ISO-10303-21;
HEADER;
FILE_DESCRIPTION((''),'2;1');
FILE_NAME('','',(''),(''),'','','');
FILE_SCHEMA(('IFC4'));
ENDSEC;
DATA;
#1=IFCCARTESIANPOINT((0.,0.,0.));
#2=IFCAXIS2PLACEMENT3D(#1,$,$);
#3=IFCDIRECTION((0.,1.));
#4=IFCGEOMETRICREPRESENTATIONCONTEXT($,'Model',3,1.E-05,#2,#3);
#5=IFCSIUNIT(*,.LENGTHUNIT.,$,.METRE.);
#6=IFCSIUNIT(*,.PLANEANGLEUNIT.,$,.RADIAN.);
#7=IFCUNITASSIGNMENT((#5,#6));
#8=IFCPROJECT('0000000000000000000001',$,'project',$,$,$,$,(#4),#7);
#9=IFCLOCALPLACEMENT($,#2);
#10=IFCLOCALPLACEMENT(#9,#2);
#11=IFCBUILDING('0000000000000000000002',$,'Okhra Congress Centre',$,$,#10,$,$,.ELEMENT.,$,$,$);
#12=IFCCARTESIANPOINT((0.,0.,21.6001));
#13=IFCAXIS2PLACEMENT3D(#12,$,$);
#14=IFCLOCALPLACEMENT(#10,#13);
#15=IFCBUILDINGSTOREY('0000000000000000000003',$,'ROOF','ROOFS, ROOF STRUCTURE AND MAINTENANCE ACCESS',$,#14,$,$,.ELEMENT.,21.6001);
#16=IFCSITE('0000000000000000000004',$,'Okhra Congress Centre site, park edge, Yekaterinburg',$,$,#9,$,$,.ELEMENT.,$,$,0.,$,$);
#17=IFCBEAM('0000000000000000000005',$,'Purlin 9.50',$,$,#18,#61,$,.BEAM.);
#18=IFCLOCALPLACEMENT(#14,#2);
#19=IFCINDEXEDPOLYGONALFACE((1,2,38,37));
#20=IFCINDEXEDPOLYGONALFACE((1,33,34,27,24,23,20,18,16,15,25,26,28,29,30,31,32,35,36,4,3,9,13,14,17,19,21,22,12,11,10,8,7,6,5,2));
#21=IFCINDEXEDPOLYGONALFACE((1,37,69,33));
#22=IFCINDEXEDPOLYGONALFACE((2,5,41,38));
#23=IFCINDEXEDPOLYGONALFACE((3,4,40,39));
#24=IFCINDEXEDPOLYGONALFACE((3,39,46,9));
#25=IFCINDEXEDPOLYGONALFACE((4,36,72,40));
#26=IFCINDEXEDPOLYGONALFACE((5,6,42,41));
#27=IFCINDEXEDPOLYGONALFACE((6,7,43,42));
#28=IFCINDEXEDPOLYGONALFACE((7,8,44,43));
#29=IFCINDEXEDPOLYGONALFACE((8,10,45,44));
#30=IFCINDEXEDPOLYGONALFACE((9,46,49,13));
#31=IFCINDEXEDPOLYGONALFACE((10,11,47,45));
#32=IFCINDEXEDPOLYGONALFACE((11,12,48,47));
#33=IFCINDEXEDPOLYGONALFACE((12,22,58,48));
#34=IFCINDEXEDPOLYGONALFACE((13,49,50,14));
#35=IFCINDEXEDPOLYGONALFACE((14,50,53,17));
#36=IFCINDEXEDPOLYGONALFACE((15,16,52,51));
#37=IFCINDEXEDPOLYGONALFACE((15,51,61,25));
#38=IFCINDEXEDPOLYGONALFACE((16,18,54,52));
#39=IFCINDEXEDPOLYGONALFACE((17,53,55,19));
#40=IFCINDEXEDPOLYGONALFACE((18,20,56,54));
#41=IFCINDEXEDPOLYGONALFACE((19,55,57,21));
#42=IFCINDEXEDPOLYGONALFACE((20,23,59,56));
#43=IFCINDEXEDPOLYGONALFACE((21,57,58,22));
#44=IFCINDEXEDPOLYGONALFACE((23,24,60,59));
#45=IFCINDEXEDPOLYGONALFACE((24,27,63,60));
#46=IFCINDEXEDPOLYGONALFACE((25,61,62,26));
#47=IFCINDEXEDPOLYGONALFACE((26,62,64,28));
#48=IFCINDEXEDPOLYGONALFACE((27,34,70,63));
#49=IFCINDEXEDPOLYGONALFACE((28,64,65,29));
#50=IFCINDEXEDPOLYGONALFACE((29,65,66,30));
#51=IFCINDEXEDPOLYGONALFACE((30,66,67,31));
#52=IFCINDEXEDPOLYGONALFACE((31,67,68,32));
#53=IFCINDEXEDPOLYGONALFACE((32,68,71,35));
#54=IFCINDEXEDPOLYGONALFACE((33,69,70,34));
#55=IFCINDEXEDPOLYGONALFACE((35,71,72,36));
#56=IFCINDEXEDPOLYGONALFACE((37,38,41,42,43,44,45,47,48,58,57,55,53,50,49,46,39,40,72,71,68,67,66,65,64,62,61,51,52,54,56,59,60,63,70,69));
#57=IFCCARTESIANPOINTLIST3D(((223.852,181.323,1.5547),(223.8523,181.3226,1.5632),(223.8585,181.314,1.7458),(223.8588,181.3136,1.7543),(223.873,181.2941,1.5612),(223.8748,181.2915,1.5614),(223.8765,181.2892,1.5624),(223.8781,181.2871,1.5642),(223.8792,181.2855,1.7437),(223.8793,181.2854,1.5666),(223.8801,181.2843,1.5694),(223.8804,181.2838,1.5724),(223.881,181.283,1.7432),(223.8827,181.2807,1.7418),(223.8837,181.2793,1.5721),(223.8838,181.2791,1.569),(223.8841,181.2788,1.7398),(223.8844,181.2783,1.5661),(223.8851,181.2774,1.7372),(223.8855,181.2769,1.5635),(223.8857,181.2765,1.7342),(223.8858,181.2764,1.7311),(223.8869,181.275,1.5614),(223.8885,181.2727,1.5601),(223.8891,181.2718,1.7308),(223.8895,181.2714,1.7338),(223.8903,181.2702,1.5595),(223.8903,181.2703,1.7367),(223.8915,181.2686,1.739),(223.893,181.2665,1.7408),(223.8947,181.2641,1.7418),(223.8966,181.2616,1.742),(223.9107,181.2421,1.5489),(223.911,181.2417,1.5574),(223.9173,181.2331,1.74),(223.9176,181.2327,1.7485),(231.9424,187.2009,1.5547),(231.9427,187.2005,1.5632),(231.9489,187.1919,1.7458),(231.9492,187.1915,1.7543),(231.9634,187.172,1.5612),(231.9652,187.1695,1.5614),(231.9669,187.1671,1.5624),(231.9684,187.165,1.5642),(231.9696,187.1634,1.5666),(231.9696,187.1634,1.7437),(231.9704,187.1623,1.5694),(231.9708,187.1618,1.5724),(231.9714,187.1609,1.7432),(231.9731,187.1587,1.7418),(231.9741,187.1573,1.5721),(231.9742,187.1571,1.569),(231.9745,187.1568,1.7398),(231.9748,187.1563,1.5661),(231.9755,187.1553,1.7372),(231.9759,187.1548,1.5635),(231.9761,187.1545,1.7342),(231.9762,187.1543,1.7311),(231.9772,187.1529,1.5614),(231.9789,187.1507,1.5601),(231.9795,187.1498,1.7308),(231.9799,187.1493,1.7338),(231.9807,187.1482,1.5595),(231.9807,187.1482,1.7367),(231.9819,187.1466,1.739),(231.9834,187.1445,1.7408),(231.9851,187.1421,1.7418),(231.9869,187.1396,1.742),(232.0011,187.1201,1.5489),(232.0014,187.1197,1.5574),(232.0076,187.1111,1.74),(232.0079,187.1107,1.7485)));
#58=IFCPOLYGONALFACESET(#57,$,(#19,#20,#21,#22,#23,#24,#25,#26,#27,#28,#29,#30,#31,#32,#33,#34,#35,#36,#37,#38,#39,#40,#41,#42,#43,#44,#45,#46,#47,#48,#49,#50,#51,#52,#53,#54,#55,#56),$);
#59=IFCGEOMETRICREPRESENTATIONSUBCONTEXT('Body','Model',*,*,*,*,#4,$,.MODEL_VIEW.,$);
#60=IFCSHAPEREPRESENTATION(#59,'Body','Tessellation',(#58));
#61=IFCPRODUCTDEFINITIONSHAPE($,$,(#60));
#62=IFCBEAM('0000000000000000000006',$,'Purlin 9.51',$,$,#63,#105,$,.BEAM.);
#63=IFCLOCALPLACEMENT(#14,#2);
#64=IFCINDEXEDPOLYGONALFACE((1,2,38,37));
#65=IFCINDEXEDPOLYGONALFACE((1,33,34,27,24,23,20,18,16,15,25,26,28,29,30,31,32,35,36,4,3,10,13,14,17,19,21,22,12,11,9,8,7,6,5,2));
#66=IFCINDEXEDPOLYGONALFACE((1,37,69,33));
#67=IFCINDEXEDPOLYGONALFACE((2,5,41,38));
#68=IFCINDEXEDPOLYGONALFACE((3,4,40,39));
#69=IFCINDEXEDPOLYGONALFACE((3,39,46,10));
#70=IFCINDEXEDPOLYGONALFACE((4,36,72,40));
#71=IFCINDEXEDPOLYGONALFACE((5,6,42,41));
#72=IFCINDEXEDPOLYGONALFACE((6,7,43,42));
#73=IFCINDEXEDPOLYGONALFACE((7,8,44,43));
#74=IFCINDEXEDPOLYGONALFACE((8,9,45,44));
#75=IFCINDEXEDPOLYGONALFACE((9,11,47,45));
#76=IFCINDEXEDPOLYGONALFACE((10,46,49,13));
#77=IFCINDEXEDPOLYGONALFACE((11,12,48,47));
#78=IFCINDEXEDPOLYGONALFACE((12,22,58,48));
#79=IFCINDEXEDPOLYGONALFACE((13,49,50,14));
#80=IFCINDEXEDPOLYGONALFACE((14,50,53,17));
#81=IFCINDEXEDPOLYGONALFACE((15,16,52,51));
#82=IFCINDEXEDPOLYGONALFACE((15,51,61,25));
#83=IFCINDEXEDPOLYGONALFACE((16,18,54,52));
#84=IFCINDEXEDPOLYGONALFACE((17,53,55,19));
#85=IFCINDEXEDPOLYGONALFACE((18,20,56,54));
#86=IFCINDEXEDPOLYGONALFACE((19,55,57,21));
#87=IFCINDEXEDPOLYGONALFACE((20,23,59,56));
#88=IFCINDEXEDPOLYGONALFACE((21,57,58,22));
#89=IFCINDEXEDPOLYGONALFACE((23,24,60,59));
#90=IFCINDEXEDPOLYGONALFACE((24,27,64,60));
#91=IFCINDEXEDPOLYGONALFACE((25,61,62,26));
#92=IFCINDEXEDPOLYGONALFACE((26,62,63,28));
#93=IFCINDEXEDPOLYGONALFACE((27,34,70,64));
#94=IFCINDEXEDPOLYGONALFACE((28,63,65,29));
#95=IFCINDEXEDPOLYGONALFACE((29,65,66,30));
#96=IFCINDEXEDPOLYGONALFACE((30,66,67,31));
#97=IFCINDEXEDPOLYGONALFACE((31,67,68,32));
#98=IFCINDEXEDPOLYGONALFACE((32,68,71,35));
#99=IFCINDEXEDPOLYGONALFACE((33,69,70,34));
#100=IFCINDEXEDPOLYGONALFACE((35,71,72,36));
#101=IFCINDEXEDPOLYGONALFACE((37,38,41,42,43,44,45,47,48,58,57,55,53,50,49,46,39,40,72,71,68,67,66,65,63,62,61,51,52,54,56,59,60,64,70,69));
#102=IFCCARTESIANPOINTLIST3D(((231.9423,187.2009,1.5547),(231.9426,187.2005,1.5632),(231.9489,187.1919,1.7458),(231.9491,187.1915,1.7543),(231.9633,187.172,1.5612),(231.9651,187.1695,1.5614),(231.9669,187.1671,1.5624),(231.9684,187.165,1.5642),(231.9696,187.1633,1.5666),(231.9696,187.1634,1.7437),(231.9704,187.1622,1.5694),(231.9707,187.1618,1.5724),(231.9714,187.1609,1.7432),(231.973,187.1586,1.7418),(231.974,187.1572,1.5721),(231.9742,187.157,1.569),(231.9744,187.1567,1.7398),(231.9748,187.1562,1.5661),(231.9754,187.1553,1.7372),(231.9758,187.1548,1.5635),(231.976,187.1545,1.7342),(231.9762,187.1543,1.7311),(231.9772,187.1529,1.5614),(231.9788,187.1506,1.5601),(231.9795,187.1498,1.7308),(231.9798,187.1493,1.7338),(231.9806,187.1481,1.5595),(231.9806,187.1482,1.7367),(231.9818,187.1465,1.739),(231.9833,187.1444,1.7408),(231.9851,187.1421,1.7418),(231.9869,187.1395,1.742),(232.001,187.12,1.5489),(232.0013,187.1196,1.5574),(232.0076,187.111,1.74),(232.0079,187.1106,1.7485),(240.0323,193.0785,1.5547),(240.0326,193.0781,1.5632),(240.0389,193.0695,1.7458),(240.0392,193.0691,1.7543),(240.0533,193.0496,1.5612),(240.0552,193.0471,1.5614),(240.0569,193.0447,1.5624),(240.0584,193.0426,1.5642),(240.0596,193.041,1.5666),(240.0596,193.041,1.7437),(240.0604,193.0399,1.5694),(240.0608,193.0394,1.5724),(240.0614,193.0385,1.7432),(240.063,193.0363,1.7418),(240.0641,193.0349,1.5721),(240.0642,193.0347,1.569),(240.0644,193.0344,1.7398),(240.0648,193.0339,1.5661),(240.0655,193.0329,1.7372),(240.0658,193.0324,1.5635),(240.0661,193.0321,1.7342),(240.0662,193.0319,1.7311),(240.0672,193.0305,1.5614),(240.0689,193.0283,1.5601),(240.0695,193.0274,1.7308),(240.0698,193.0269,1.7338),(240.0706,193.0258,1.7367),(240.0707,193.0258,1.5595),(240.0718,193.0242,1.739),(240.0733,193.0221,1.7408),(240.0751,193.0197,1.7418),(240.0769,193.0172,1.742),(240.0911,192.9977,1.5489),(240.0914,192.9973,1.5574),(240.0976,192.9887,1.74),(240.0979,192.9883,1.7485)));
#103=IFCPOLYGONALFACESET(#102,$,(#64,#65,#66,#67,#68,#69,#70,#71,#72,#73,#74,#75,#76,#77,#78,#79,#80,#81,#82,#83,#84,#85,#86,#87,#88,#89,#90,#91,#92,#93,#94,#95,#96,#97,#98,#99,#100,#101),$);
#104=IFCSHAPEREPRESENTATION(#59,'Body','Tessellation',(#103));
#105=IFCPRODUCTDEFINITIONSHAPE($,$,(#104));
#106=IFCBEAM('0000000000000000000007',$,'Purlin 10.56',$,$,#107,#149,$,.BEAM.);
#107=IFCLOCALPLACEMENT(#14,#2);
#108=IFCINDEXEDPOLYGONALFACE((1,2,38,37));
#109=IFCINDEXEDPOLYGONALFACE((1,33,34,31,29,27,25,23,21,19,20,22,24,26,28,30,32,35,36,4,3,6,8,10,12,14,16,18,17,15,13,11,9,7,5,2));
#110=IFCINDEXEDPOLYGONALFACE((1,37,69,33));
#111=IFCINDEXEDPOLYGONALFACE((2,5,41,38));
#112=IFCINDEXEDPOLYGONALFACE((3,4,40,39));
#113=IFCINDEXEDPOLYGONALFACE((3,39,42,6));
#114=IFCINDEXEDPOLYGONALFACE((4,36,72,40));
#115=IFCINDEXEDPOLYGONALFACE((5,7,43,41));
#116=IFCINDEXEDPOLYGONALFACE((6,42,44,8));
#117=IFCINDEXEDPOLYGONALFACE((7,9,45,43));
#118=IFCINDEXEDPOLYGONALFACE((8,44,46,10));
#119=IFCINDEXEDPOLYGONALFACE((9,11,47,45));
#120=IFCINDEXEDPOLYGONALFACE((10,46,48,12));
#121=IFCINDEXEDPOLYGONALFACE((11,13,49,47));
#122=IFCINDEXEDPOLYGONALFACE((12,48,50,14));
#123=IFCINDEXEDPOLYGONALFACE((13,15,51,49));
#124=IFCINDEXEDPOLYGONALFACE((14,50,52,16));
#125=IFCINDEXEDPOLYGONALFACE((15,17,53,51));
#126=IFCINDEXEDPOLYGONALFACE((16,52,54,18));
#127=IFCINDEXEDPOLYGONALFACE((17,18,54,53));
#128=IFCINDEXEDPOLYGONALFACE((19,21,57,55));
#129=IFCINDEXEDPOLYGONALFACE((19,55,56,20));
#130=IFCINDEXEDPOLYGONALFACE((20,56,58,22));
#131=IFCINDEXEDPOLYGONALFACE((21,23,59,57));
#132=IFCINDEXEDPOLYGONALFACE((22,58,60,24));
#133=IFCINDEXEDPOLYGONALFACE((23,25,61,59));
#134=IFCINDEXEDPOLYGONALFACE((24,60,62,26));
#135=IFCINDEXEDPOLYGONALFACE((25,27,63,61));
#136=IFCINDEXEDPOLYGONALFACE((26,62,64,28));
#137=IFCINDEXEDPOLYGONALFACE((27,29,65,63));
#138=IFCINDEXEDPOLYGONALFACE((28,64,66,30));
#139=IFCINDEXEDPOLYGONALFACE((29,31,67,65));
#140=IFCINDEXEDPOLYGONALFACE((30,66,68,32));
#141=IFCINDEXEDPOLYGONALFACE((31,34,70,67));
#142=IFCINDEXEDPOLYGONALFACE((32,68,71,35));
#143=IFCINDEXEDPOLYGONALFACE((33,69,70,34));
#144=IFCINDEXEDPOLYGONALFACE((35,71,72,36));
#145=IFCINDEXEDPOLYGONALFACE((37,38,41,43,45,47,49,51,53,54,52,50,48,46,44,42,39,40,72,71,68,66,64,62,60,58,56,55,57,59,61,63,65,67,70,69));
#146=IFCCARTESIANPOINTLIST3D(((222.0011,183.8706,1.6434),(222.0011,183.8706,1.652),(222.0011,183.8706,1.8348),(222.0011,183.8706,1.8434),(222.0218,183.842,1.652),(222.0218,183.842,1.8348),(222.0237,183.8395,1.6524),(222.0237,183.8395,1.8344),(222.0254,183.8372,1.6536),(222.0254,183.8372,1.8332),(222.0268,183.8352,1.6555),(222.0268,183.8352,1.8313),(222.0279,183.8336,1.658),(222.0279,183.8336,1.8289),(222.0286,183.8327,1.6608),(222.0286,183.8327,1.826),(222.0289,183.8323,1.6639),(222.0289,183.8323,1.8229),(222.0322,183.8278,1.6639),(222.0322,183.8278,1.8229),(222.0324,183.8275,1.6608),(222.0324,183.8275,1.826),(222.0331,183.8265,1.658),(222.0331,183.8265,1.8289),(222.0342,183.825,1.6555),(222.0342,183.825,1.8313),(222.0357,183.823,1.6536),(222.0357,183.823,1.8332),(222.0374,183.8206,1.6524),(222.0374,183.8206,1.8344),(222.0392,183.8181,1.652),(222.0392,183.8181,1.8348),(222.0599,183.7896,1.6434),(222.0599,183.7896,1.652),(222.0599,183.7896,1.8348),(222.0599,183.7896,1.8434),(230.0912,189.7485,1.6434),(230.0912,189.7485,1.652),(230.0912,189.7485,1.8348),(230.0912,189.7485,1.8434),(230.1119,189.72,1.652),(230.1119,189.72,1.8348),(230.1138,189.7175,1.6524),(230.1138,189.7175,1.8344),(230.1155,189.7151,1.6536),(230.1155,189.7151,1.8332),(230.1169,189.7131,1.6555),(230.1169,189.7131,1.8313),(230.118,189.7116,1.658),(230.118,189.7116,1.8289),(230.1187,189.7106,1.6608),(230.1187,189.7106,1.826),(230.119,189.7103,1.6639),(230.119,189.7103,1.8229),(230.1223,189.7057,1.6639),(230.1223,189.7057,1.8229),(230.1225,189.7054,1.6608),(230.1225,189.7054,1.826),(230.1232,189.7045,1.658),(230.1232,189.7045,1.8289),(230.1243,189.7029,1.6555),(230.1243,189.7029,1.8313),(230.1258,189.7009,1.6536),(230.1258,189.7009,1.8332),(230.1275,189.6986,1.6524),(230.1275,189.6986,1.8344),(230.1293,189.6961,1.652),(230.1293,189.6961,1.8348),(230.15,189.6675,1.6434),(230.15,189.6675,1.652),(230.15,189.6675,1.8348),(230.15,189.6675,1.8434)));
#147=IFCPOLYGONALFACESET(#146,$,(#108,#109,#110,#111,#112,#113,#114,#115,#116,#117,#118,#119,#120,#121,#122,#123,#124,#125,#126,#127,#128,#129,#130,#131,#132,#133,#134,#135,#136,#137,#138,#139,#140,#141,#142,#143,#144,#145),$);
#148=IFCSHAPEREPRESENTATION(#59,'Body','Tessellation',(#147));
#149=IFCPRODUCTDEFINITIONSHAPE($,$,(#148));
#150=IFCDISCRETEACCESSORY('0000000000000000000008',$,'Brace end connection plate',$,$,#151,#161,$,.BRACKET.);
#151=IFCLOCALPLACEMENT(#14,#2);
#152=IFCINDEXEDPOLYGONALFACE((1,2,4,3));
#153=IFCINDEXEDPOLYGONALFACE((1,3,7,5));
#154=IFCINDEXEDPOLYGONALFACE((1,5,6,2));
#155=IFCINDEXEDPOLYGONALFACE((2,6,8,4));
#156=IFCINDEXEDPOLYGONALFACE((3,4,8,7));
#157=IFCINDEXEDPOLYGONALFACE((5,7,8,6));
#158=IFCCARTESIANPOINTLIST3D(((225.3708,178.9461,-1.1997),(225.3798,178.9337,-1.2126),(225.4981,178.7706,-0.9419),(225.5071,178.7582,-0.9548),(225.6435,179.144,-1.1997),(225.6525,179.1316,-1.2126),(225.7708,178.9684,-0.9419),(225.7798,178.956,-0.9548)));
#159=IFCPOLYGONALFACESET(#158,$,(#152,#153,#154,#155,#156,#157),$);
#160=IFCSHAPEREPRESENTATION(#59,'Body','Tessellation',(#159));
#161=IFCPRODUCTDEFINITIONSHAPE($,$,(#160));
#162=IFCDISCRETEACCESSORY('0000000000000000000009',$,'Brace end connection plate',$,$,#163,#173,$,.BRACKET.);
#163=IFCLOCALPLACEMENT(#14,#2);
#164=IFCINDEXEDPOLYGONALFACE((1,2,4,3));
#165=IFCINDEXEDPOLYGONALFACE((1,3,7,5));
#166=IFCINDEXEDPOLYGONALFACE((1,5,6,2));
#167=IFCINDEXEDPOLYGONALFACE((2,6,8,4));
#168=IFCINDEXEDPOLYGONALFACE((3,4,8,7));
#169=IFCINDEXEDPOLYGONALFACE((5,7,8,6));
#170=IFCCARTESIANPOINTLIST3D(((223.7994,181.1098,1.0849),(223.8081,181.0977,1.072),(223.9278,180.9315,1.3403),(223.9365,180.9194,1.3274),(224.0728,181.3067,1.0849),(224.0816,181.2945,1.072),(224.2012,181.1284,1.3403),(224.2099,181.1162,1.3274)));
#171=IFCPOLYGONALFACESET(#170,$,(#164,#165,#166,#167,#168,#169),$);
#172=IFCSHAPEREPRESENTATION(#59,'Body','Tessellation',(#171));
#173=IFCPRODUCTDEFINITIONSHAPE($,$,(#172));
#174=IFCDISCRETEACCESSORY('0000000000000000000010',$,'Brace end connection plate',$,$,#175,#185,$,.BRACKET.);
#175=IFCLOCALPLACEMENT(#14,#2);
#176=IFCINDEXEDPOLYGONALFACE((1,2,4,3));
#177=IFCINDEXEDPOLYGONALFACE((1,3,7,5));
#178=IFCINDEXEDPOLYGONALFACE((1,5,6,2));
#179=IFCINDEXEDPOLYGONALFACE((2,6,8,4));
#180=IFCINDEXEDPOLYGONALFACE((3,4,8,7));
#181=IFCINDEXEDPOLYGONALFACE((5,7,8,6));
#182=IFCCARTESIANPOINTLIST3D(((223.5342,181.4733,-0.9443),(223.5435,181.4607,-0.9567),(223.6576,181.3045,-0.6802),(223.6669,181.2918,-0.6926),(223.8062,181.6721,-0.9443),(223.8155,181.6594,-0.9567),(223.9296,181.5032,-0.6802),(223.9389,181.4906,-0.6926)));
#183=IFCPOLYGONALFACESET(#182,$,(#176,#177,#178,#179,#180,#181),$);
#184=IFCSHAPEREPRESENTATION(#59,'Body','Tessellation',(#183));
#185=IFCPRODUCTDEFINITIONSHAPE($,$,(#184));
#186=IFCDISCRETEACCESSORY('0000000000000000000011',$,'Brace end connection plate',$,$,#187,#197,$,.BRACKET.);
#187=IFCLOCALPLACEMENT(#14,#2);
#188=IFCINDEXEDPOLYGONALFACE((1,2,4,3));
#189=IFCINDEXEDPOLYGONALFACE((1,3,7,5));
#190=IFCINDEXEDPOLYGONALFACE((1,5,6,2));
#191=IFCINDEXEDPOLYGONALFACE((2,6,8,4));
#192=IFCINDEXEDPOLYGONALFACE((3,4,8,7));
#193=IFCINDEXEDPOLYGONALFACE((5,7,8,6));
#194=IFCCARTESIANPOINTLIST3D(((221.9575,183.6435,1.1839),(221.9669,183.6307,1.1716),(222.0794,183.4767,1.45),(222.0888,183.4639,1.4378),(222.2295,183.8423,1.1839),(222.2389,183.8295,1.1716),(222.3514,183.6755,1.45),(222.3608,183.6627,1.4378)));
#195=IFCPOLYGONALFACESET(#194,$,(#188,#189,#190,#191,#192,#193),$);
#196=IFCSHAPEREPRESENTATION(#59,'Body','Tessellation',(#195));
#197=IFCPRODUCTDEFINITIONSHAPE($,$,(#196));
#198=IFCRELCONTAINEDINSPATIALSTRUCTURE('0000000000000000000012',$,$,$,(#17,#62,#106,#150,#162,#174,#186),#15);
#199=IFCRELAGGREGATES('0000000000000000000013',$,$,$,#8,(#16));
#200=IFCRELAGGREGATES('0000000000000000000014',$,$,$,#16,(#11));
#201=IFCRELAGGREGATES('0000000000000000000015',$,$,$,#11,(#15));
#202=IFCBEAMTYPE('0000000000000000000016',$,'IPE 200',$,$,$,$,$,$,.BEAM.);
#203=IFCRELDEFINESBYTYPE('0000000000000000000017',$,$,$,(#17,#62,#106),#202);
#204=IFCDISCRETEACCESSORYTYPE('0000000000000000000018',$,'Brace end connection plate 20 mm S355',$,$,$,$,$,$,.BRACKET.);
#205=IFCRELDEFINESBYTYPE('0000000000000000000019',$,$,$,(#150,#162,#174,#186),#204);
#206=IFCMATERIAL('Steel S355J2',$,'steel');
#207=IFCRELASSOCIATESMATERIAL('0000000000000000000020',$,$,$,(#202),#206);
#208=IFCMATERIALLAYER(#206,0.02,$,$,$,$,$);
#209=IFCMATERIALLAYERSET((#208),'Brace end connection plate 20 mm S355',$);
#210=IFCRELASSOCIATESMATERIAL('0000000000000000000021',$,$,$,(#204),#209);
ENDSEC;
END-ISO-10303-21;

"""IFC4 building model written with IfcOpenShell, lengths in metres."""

from ifc_helpers import new_model, si_unit, direction, frame, origin, origin_2d, place, context, subcontext, project, spatial, rectangle, i_section, extrude, material, layer, layer_set, material_profile, profile_set, type_object, element, save


model = new_model("IFC4")

# Units and contexts
model_context = context("Model", 3, precision=1e-05, world=origin(), true_north=direction((0.0, 1.0)))
body_context = subcontext(model_context, "Body", "Model", "MODEL_VIEW")
ifc_project = project(units=[si_unit("LENGTHUNIT", "METRE"), si_unit("PLANEANGLEUNIT", "RADIAN")], contexts=[model_context])

# Site, building, storey
site_placement = place(None, origin())
site = spatial("IfcSite", under=ifc_project, at=site_placement, Name="Okhra Congress Centre site, park edge, Yekaterinburg", CompositionType="ELEMENT", RefElevation=0.0)
building_placement = place(site_placement, origin())
building = spatial("IfcBuilding", under=site, at=building_placement, Name="Okhra Congress Centre", CompositionType="ELEMENT")
storey_placement = place(building_placement, frame((0.0, 0.0, 21.6001)))
storey = spatial("IfcBuildingStorey", under=building, at=storey_placement, Name="ROOF", Description="ROOFS, ROOF STRUCTURE AND MAINTENANCE ACCESS", CompositionType="ELEMENT", Elevation=21.6001)

# Beams
ifc_material_1 = material(Name="Steel S355J2", Category="steel")
ifc_material_profile_1 = material_profile(ifc_material_1, i_section(OverallWidth=0.1001, OverallDepth=0.2, WebThickness=0.0056, FlangeThickness=0.0085, FilletRadius=0.012, at=origin_2d()), Name="IPE 200")
ifc_profile_set_1 = profile_set([ifc_material_profile_1], Name="Steel S355J2")
beam_type = type_object("IfcBeamType", Name="IPE 200", PredefinedType="BEAM", material=ifc_profile_set_1)
beam_1_placement = place(storey_placement, frame((223.8848, 181.2778, 1.6516), z_axis=(0.809019, 0.587783, 0.0), x_axis=(-0.586788, 0.80765, 0.058145)))
element("IfcBeam", 1, at=beam_1_placement, inside=storey, type_object=beam_type, Name="Purlin 9.50", PredefinedType="BEAM", context=body_context, shape_type="SweptSolid", body=[
    extrude(i_section(OverallWidth=0.1001, OverallDepth=0.2, WebThickness=0.0056, FlangeThickness=0.0085, FilletRadius=0.012, at=origin_2d()), origin(), (0.0, 0.0, 1.0), 10.0002),
])
beam_2_placement = place(storey_placement, frame((231.9751, 187.1558, 1.6516), z_axis=(0.809022, 0.587778, 0.0), x_axis=(-0.586784, 0.807653, 0.058145)))
element("IfcBeam", 2, at=beam_2_placement, inside=storey, type_object=beam_type, Name="Purlin 9.51", PredefinedType="BEAM", context=body_context, shape_type="SweptSolid", body=[
    extrude(i_section(OverallWidth=0.1001, OverallDepth=0.2, WebThickness=0.0056, FlangeThickness=0.0085, FilletRadius=0.012, at=origin_2d()), origin(), (0.0, 0.0, 1.0), 9.9998),
])
beam_3_placement = place(storey_placement, frame((222.0305, 183.8301, 1.7434), z_axis=(0.80901, 0.587794, 0.0), x_axis=(-0.587794, 0.80901, 0.0)))
element("IfcBeam", 3, at=beam_3_placement, inside=storey, type_object=beam_type, Name="Purlin 10.56", PredefinedType="BEAM", context=body_context, shape_type="SweptSolid", body=[
    extrude(i_section(OverallWidth=0.1001, OverallDepth=0.2, WebThickness=0.0056, FlangeThickness=0.0085, FilletRadius=0.012, at=origin_2d()), origin(), (0.0, 0.0, 1.0), 10.0),
])

# Discrete accessories
ifc_layer = layer(ifc_material_1, 0.02)
ifc_layer_set = layer_set([ifc_layer], Name="Brace end connection plate 20 mm S355")
discrete_accessory_type = type_object("IfcDiscreteAccessoryType", Name="Brace end connection plate 20 mm S355", PredefinedType="BRACKET", material=ifc_layer_set)
discrete_accessory_1_placement = place(storey_placement, frame((225.5708, 178.9573, -1.0708), z_axis=(0.449385, -0.619423, -0.643714), x_axis=(0.809422, 0.587228, 0.0)))
element("IfcDiscreteAccessory", 4, at=discrete_accessory_1_placement, inside=storey, type_object=discrete_accessory_type, Name="Brace end connection plate", PredefinedType="BRACKET", context=body_context, shape_type="SweptSolid", body=[
    extrude(rectangle(XDim=0.3369, YDim=0.3369, at=origin_2d()), origin(), (0.0, 0.0, 1.0), 0.02),
])
discrete_accessory_2_placement = place(storey_placement, frame((224.009, 181.1069, 1.1997), z_axis=(-0.442962, 0.615224, 0.652138), x_axis=(-0.811534, -0.584305, 0.0)))
element("IfcDiscreteAccessory", 5, at=discrete_accessory_2_placement, inside=storey, type_object=discrete_accessory_type, Name="Brace end connection plate", PredefinedType="BRACKET", context=body_context, shape_type="SweptSolid", body=[
    extrude(rectangle(XDim=0.3369, YDim=0.3369, at=origin_2d()), origin(), (0.0, 0.0, 1.0), 0.0198),
])
for number, where, z_axis, x_axis, name in (
    (6, (223.7319, 181.4883, -0.8123), (0.462556, -0.632971, -0.620798), (0.807391, 0.590017, 0.0), "Brace end connection plate"),
    (7, (222.1638, 183.6467, 1.3047), (-0.466056, 0.637761, 0.613232), (-0.807391, -0.590017, 0.0), "Brace end connection plate"),
):
    element("IfcDiscreteAccessory", number, at=place(storey_placement, frame(where, z_axis=z_axis, x_axis=x_axis)), inside=storey, type_object=discrete_accessory_type, Name=name, PredefinedType="BRACKET", context=body_context, shape_type="SweptSolid", body=[
        extrude(rectangle(XDim=0.3369, YDim=0.3369, at=origin_2d()), origin(), (0.0, 0.0, 1.0), 0.02),
    ])

save(model, "model.ifc")
